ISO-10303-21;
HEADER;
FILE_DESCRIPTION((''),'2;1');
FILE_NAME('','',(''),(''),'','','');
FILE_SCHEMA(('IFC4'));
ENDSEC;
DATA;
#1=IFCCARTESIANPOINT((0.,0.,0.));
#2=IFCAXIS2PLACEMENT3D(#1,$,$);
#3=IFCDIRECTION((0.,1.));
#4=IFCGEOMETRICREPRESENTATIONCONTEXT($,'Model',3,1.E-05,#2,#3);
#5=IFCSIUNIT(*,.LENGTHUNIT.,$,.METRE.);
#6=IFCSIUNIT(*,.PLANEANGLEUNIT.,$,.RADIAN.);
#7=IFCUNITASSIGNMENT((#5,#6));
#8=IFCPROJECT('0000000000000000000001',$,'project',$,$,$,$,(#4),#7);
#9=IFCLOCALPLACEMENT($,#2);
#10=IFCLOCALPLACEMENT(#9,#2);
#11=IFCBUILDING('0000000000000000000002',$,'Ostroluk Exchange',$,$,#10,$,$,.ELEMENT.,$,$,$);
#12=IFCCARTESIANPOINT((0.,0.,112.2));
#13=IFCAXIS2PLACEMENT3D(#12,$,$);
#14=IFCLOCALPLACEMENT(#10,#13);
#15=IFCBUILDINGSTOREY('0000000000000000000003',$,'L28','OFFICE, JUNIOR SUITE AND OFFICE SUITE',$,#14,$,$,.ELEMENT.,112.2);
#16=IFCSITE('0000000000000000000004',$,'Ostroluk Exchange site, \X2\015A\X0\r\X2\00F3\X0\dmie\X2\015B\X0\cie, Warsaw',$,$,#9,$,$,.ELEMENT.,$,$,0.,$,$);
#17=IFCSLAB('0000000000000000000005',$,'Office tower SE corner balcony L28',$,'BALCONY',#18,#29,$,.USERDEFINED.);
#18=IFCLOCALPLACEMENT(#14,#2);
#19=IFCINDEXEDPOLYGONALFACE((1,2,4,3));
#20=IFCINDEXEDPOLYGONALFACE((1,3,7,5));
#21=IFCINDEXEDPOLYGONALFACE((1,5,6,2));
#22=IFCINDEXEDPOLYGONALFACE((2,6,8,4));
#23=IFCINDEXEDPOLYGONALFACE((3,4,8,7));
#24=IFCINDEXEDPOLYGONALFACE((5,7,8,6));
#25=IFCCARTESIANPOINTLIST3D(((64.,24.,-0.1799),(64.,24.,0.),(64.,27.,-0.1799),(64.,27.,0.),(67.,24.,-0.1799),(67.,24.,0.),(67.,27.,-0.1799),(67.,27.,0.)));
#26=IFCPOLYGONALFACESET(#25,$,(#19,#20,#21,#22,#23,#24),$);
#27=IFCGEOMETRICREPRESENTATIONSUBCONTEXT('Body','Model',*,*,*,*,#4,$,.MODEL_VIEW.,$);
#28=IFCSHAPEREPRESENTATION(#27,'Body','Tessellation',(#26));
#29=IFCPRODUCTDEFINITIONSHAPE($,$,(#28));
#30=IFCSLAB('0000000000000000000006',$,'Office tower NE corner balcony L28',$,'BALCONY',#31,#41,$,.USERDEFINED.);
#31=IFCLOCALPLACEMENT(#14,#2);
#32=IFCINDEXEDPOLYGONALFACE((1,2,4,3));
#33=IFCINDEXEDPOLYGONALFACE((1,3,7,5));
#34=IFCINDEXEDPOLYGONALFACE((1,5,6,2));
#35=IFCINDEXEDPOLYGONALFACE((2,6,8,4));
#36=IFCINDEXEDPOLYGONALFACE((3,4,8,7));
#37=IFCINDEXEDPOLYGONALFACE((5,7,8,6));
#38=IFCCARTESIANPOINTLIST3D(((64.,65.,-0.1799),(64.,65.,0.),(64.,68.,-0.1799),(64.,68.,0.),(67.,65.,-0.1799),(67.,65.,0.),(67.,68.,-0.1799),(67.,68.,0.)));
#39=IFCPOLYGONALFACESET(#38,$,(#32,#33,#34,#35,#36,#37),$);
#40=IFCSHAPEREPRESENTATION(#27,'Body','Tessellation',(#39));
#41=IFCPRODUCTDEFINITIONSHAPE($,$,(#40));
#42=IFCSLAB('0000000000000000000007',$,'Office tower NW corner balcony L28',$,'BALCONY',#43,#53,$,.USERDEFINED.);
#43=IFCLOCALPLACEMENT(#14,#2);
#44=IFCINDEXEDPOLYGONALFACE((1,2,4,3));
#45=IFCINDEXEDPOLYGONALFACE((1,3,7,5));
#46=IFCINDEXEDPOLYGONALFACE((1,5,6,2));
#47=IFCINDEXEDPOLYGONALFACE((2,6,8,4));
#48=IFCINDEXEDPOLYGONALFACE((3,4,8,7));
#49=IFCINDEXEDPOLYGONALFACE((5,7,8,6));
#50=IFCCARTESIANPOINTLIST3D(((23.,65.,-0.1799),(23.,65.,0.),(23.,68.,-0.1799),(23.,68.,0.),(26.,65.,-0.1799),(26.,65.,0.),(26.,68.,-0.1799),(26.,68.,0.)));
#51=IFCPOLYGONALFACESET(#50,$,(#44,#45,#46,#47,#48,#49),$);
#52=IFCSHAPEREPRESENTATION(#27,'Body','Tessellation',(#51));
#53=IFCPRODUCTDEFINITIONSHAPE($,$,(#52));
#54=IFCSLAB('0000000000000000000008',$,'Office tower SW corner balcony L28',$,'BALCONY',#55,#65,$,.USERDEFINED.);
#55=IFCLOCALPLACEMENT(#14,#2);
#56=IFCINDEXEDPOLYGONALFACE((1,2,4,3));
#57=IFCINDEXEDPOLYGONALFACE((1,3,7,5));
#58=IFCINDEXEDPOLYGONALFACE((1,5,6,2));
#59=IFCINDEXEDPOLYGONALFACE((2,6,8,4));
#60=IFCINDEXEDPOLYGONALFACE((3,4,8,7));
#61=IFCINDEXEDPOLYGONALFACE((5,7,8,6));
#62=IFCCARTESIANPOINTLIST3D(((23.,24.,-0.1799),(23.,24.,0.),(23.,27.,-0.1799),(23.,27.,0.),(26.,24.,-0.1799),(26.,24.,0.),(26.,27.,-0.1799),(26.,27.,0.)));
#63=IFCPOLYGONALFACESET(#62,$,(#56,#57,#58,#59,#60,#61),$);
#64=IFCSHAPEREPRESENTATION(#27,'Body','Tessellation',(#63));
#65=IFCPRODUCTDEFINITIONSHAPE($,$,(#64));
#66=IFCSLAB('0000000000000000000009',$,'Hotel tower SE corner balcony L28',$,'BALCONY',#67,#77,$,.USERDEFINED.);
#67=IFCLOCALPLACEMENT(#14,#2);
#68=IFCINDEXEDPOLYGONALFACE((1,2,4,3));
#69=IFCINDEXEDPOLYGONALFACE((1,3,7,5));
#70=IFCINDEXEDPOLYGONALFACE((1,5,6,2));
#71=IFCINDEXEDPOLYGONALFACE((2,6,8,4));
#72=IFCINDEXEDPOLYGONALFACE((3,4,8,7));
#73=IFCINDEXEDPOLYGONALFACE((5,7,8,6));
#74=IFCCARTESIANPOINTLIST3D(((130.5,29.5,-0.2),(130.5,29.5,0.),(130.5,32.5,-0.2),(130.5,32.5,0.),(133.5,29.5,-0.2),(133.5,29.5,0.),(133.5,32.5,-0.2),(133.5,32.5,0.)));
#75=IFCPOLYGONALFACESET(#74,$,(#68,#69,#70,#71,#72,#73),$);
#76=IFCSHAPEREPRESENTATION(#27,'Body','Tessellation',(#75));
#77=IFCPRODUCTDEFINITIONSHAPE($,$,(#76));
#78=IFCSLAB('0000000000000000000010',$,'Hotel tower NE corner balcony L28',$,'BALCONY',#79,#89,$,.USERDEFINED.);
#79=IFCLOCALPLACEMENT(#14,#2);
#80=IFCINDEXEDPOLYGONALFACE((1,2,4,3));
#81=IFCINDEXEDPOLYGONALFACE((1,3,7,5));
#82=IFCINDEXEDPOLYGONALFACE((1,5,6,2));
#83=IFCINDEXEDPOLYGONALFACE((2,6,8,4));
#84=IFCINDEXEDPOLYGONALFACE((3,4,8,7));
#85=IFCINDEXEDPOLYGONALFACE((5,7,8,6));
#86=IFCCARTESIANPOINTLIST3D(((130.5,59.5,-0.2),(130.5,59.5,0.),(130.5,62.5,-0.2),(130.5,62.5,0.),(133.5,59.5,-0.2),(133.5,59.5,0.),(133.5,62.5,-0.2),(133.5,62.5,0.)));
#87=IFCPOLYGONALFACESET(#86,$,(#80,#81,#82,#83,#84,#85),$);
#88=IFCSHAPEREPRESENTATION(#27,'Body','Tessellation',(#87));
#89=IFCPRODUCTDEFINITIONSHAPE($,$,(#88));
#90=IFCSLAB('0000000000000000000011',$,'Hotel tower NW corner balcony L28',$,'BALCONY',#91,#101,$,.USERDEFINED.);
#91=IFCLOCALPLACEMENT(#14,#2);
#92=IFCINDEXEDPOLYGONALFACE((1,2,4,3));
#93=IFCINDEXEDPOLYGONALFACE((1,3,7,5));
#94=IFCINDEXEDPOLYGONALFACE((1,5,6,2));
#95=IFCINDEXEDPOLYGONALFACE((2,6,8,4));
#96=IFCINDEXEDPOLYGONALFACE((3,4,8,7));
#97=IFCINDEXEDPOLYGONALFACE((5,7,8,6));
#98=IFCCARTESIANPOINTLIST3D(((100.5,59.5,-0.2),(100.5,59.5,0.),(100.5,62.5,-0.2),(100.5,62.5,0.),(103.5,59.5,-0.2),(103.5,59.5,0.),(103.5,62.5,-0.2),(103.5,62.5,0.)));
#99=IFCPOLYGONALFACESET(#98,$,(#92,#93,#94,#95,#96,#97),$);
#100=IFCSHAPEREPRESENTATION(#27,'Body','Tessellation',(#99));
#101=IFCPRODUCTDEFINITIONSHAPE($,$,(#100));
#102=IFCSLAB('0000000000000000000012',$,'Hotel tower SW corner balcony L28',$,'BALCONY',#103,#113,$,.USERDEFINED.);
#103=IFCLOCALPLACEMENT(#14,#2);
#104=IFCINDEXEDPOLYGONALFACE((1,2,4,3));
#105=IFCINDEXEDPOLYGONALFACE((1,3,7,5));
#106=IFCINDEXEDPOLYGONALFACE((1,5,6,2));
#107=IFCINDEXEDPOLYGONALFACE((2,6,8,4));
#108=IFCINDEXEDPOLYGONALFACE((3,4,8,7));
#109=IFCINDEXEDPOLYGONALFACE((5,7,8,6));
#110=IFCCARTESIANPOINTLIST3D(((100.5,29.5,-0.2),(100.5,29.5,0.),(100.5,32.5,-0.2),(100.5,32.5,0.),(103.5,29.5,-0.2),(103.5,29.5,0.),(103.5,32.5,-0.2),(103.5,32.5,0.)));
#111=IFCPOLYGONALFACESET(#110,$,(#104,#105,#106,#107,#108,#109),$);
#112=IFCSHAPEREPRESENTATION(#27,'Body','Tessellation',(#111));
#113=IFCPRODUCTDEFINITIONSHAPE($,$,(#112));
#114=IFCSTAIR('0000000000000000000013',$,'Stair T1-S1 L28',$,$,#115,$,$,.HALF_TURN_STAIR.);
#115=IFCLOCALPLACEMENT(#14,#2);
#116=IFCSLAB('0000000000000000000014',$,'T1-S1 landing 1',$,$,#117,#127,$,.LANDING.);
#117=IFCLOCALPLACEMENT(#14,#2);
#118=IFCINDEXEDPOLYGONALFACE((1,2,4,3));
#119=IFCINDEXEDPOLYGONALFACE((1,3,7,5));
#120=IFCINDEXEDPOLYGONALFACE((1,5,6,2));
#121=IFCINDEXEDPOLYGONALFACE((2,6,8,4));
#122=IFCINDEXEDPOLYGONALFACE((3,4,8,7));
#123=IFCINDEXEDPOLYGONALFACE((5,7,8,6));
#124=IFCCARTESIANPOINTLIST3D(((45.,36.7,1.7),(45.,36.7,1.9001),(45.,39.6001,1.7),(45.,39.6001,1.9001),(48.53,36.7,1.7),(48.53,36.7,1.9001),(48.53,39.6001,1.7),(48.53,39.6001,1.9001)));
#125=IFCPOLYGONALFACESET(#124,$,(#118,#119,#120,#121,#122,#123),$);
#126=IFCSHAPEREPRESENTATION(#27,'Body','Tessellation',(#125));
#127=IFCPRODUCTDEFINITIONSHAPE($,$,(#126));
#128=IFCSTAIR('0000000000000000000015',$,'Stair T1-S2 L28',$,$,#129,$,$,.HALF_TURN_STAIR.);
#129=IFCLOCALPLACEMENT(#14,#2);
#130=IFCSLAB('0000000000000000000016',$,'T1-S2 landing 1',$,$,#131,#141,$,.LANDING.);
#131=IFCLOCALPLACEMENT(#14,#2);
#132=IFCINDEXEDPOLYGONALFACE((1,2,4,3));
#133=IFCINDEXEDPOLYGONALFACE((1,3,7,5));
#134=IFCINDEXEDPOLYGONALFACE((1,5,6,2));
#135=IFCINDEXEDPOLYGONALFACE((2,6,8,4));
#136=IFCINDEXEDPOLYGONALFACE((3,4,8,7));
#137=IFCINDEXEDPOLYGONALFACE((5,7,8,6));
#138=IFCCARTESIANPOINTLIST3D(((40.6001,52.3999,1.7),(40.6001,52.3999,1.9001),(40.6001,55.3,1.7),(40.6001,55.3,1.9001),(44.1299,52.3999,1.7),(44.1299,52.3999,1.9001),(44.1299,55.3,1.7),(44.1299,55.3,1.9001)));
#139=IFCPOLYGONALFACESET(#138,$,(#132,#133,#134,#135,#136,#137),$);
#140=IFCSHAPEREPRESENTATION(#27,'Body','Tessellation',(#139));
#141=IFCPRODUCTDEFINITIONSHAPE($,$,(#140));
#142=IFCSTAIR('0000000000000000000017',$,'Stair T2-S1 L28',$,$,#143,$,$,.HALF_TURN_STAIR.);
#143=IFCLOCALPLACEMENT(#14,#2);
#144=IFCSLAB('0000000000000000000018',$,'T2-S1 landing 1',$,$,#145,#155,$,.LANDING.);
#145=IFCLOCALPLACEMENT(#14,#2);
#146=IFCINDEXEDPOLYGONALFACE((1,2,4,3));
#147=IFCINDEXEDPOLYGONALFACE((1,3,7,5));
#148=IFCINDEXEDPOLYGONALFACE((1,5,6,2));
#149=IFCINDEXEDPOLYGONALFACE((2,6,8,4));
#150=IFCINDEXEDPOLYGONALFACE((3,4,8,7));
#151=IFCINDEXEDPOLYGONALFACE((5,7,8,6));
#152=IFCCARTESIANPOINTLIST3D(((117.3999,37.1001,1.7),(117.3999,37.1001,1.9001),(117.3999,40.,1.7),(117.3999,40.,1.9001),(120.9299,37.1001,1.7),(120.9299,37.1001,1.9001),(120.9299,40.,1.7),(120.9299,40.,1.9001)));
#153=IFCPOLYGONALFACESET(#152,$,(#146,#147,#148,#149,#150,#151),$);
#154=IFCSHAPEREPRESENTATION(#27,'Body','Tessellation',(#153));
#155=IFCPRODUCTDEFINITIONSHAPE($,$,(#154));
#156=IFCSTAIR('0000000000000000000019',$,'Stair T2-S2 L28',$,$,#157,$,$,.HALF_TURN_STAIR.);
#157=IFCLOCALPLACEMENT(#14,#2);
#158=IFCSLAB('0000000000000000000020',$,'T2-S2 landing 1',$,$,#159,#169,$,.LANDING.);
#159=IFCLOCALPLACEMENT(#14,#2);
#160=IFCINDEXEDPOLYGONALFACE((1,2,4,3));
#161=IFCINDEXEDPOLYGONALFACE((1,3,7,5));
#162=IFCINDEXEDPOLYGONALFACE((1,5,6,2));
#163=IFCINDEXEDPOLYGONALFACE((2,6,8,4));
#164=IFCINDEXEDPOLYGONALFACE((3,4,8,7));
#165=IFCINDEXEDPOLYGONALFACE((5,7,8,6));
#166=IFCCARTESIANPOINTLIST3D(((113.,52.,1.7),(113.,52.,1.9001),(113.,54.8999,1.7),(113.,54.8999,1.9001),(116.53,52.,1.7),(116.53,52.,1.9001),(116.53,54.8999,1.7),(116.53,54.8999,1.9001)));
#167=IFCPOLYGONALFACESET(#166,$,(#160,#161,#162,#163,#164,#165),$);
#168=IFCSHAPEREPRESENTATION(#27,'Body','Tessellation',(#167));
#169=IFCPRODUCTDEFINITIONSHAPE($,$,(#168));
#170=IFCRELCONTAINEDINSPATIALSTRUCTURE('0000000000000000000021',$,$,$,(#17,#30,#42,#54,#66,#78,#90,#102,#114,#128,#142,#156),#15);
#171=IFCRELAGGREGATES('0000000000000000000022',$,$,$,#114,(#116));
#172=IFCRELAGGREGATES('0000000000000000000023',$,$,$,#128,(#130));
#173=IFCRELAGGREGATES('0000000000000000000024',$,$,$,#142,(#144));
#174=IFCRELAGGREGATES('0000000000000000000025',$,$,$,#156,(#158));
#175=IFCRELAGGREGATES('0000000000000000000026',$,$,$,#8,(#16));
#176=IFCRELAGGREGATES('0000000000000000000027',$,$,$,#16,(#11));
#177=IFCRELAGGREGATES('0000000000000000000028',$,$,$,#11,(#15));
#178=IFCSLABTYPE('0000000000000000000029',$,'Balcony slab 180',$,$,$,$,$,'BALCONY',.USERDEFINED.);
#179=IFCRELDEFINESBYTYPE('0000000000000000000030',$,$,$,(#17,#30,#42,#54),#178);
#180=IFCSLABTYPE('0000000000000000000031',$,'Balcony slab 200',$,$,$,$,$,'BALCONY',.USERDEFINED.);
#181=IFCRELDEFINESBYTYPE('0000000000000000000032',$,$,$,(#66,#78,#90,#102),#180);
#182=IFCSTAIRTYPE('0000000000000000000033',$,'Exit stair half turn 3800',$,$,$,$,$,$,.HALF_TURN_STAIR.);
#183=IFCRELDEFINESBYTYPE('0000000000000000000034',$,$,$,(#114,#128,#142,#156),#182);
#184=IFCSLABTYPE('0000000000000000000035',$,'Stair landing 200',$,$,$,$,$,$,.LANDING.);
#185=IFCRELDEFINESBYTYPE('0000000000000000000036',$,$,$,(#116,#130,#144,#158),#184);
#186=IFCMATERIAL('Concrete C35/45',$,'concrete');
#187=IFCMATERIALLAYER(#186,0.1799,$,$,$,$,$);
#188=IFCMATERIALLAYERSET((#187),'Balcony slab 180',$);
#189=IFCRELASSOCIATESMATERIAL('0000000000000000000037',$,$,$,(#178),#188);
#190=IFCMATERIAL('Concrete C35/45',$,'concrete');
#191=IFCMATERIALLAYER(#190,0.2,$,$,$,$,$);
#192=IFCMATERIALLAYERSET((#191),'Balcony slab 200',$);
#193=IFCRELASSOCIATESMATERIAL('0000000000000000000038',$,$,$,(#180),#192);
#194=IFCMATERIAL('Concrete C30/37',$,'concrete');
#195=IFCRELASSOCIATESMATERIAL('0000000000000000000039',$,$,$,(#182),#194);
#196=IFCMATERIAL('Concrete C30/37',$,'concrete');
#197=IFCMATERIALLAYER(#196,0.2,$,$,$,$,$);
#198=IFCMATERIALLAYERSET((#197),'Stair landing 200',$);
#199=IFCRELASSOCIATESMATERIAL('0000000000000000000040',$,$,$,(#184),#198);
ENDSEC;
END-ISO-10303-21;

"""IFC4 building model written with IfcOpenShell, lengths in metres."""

from ifc_helpers import new_model, si_unit, direction, frame, origin, place, context, subcontext, project, spatial, polyline, outline, extrude, material, layer, layer_set, type_object, element, aggregate, save


model = new_model("IFC4")

# Units and contexts
model_context = context("Model", 3, precision=1e-05, world=origin(), true_north=direction((0.0, 1.0)))
body_context = subcontext(model_context, "Body", "Model", "MODEL_VIEW")
ifc_project = project(units=[si_unit("LENGTHUNIT", "METRE"), si_unit("PLANEANGLEUNIT", "RADIAN")], contexts=[model_context])

# Site, building, storey
site_placement = place(None, origin())
site = spatial("IfcSite", under=ifc_project, at=site_placement, Name="Ostroluk Exchange site, Śródmieście, Warsaw", CompositionType="ELEMENT", RefElevation=0.0)
building_placement = place(site_placement, origin())
building = spatial("IfcBuilding", under=site, at=building_placement, Name="Ostroluk Exchange", CompositionType="ELEMENT")
storey_placement = place(building_placement, frame((0.0, 0.0, 112.2)))
storey = spatial("IfcBuildingStorey", under=building, at=storey_placement, Name="L28", Description="OFFICE, JUNIOR SUITE AND OFFICE SUITE", CompositionType="ELEMENT", Elevation=112.2)

# Slabs
ifc_material_1 = material(Name="Concrete C35/45", Category="concrete")
ifc_layer_1 = layer(ifc_material_1, 0.1799)
ifc_layer_set_1 = layer_set([ifc_layer_1], Name="Balcony slab 180")
slab_type_1 = type_object("IfcSlabType", Name="Balcony slab 180", ElementType="BALCONY", PredefinedType="USERDEFINED", material=ifc_layer_set_1)
slab_1_placement = place(storey_placement, frame((0.0, 0.0, -0.1799)))
element("IfcSlab", 1, at=slab_1_placement, inside=storey, type_object=slab_type_1, Name="Office tower SE corner balcony L28", ObjectType="BALCONY", PredefinedType="USERDEFINED", context=body_context, shape_type="SweptSolid", body=[
    extrude(outline(polyline([(64.0, 24.0), (67.0, 24.0), (67.0, 27.0), (64.0, 27.0), (64.0, 24.0)])), origin(), (0.0, 0.0, 1.0), 0.1799),
])
slab_2_placement = place(storey_placement, frame((0.0, 0.0, -0.1799)))
element("IfcSlab", 2, at=slab_2_placement, inside=storey, type_object=slab_type_1, Name="Office tower NE corner balcony L28", ObjectType="BALCONY", PredefinedType="USERDEFINED", context=body_context, shape_type="SweptSolid", body=[
    extrude(outline(polyline([(64.0, 65.0), (67.0, 65.0), (67.0, 68.0), (64.0, 68.0), (64.0, 65.0)])), origin(), (0.0, 0.0, 1.0), 0.1799),
])
slab_3_placement = place(storey_placement, frame((0.0, 0.0, -0.1799)))
element("IfcSlab", 3, at=slab_3_placement, inside=storey, type_object=slab_type_1, Name="Office tower NW corner balcony L28", ObjectType="BALCONY", PredefinedType="USERDEFINED", context=body_context, shape_type="SweptSolid", body=[
    extrude(outline(polyline([(23.0, 65.0), (26.0, 65.0), (26.0, 68.0), (23.0, 68.0), (23.0, 65.0)])), origin(), (0.0, 0.0, 1.0), 0.1799),
])
slab_4_placement = place(storey_placement, frame((0.0, 0.0, -0.1799)))
element("IfcSlab", 4, at=slab_4_placement, inside=storey, type_object=slab_type_1, Name="Office tower SW corner balcony L28", ObjectType="BALCONY", PredefinedType="USERDEFINED", context=body_context, shape_type="SweptSolid", body=[
    extrude(outline(polyline([(23.0, 24.0), (26.0, 24.0), (26.0, 27.0), (23.0, 27.0), (23.0, 24.0)])), origin(), (0.0, 0.0, 1.0), 0.1799),
])
ifc_material_2 = material(Name="Concrete C35/45", Category="concrete")
ifc_layer_2 = layer(ifc_material_2, 0.2)
ifc_layer_set_2 = layer_set([ifc_layer_2], Name="Balcony slab 200")
slab_type_2 = type_object("IfcSlabType", Name="Balcony slab 200", ElementType="BALCONY", PredefinedType="USERDEFINED", material=ifc_layer_set_2)
slab_5_placement = place(storey_placement, frame((0.0, 0.0, -0.2)))
element("IfcSlab", 5, at=slab_5_placement, inside=storey, type_object=slab_type_2, Name="Hotel tower SE corner balcony L28", ObjectType="BALCONY", PredefinedType="USERDEFINED", context=body_context, shape_type="SweptSolid", body=[
    extrude(outline(polyline([(130.5, 29.5), (133.5, 29.5), (133.5, 32.5), (130.5, 32.5), (130.5, 29.5)])), origin(), (0.0, 0.0, 1.0), 0.2),
])
slab_6_placement = place(storey_placement, frame((0.0, 0.0, -0.2)))
element("IfcSlab", 6, at=slab_6_placement, inside=storey, type_object=slab_type_2, Name="Hotel tower NE corner balcony L28", ObjectType="BALCONY", PredefinedType="USERDEFINED", context=body_context, shape_type="SweptSolid", body=[
    extrude(outline(polyline([(130.5, 59.5), (133.5, 59.5), (133.5, 62.5), (130.5, 62.5), (130.5, 59.5)])), origin(), (0.0, 0.0, 1.0), 0.2),
])
slab_7_placement = place(storey_placement, frame((0.0, 0.0, -0.2)))
element("IfcSlab", 7, at=slab_7_placement, inside=storey, type_object=slab_type_2, Name="Hotel tower NW corner balcony L28", ObjectType="BALCONY", PredefinedType="USERDEFINED", context=body_context, shape_type="SweptSolid", body=[
    extrude(outline(polyline([(100.5, 59.5), (103.5, 59.5), (103.5, 62.5), (100.5, 62.5), (100.5, 59.5)])), origin(), (0.0, 0.0, 1.0), 0.2),
])
slab_8_placement = place(storey_placement, frame((0.0, 0.0, -0.2)))
element("IfcSlab", 8, at=slab_8_placement, inside=storey, type_object=slab_type_2, Name="Hotel tower SW corner balcony L28", ObjectType="BALCONY", PredefinedType="USERDEFINED", context=body_context, shape_type="SweptSolid", body=[
    extrude(outline(polyline([(100.5, 29.5), (103.5, 29.5), (103.5, 32.5), (100.5, 32.5), (100.5, 29.5)])), origin(), (0.0, 0.0, 1.0), 0.2),
])

# Stairs, slabs
ifc_material_3 = material(Name="Concrete C30/37", Category="concrete")
stair_type = type_object("IfcStairType", Name="Exit stair half turn 3800", PredefinedType="HALF_TURN_STAIR", material=ifc_material_3)
stair_1_placement = place(storey_placement, origin())
stair_1 = element("IfcStair", 9, at=stair_1_placement, inside=storey, type_object=stair_type, Name="Stair T1-S1 L28", PredefinedType="HALF_TURN_STAIR")
ifc_material_4 = material(Name="Concrete C30/37", Category="concrete")
ifc_layer_3 = layer(ifc_material_4, 0.2)
ifc_layer_set_3 = layer_set([ifc_layer_3], Name="Stair landing 200")
slab_type_3 = type_object("IfcSlabType", Name="Stair landing 200", PredefinedType="LANDING", material=ifc_layer_set_3)
slab_9_placement = place(storey_placement, frame((0.0, 0.0, 1.7)))
slab_9 = element("IfcSlab", 10, at=slab_9_placement, type_object=slab_type_3, Name="T1-S1 landing 1", PredefinedType="LANDING", context=body_context, shape_type="SweptSolid", body=[
    extrude(outline(polyline([(45.0, 36.7), (45.0, 39.6001), (48.53, 39.6001), (48.53, 36.7), (45.0, 36.7)])), origin(), (0.0, 0.0, 1.0), 0.2002),
])
aggregate(stair_1, [slab_9])
stair_2_placement = place(storey_placement, origin())
stair_2 = element("IfcStair", 11, at=stair_2_placement, inside=storey, type_object=stair_type, Name="Stair T1-S2 L28", PredefinedType="HALF_TURN_STAIR")
slab_10_placement = place(storey_placement, frame((0.0, 0.0, 1.7)))
slab_10 = element("IfcSlab", 12, at=slab_10_placement, type_object=slab_type_3, Name="T1-S2 landing 1", PredefinedType="LANDING", context=body_context, shape_type="SweptSolid", body=[
    extrude(outline(polyline([(44.1299, 52.3999), (44.1299, 55.3), (40.6001, 55.3), (40.6001, 52.3999), (44.1299, 52.3999)])), origin(), (0.0, 0.0, 1.0), 0.2002),
])
aggregate(stair_2, [slab_10])
stair_3_placement = place(storey_placement, origin())
stair_3 = element("IfcStair", 13, at=stair_3_placement, inside=storey, type_object=stair_type, Name="Stair T2-S1 L28", PredefinedType="HALF_TURN_STAIR")
slab_11_placement = place(storey_placement, frame((0.0, 0.0, 1.7)))
slab_11 = element("IfcSlab", 14, at=slab_11_placement, type_object=slab_type_3, Name="T2-S1 landing 1", PredefinedType="LANDING", context=body_context, shape_type="SweptSolid", body=[
    extrude(outline(polyline([(117.3999, 37.1001), (117.3999, 40.0), (120.9299, 40.0), (120.9299, 37.1001), (117.3999, 37.1001)])), origin(), (0.0, 0.0, 1.0), 0.2002),
])
aggregate(stair_3, [slab_11])
stair_4_placement = place(storey_placement, origin())
stair_4 = element("IfcStair", 15, at=stair_4_placement, inside=storey, type_object=stair_type, Name="Stair T2-S2 L28", PredefinedType="HALF_TURN_STAIR")
slab_12_placement = place(storey_placement, frame((0.0, 0.0, 1.7)))
slab_12 = element("IfcSlab", 16, at=slab_12_placement, type_object=slab_type_3, Name="T2-S2 landing 1", PredefinedType="LANDING", context=body_context, shape_type="SweptSolid", body=[
    extrude(outline(polyline([(116.53, 52.0), (116.53, 54.8999), (113.0, 54.8999), (113.0, 52.0), (116.53, 52.0)])), origin(), (0.0, 0.0, 1.0), 0.2002),
])
aggregate(stair_4, [slab_12])

save(model, "model.ifc")
